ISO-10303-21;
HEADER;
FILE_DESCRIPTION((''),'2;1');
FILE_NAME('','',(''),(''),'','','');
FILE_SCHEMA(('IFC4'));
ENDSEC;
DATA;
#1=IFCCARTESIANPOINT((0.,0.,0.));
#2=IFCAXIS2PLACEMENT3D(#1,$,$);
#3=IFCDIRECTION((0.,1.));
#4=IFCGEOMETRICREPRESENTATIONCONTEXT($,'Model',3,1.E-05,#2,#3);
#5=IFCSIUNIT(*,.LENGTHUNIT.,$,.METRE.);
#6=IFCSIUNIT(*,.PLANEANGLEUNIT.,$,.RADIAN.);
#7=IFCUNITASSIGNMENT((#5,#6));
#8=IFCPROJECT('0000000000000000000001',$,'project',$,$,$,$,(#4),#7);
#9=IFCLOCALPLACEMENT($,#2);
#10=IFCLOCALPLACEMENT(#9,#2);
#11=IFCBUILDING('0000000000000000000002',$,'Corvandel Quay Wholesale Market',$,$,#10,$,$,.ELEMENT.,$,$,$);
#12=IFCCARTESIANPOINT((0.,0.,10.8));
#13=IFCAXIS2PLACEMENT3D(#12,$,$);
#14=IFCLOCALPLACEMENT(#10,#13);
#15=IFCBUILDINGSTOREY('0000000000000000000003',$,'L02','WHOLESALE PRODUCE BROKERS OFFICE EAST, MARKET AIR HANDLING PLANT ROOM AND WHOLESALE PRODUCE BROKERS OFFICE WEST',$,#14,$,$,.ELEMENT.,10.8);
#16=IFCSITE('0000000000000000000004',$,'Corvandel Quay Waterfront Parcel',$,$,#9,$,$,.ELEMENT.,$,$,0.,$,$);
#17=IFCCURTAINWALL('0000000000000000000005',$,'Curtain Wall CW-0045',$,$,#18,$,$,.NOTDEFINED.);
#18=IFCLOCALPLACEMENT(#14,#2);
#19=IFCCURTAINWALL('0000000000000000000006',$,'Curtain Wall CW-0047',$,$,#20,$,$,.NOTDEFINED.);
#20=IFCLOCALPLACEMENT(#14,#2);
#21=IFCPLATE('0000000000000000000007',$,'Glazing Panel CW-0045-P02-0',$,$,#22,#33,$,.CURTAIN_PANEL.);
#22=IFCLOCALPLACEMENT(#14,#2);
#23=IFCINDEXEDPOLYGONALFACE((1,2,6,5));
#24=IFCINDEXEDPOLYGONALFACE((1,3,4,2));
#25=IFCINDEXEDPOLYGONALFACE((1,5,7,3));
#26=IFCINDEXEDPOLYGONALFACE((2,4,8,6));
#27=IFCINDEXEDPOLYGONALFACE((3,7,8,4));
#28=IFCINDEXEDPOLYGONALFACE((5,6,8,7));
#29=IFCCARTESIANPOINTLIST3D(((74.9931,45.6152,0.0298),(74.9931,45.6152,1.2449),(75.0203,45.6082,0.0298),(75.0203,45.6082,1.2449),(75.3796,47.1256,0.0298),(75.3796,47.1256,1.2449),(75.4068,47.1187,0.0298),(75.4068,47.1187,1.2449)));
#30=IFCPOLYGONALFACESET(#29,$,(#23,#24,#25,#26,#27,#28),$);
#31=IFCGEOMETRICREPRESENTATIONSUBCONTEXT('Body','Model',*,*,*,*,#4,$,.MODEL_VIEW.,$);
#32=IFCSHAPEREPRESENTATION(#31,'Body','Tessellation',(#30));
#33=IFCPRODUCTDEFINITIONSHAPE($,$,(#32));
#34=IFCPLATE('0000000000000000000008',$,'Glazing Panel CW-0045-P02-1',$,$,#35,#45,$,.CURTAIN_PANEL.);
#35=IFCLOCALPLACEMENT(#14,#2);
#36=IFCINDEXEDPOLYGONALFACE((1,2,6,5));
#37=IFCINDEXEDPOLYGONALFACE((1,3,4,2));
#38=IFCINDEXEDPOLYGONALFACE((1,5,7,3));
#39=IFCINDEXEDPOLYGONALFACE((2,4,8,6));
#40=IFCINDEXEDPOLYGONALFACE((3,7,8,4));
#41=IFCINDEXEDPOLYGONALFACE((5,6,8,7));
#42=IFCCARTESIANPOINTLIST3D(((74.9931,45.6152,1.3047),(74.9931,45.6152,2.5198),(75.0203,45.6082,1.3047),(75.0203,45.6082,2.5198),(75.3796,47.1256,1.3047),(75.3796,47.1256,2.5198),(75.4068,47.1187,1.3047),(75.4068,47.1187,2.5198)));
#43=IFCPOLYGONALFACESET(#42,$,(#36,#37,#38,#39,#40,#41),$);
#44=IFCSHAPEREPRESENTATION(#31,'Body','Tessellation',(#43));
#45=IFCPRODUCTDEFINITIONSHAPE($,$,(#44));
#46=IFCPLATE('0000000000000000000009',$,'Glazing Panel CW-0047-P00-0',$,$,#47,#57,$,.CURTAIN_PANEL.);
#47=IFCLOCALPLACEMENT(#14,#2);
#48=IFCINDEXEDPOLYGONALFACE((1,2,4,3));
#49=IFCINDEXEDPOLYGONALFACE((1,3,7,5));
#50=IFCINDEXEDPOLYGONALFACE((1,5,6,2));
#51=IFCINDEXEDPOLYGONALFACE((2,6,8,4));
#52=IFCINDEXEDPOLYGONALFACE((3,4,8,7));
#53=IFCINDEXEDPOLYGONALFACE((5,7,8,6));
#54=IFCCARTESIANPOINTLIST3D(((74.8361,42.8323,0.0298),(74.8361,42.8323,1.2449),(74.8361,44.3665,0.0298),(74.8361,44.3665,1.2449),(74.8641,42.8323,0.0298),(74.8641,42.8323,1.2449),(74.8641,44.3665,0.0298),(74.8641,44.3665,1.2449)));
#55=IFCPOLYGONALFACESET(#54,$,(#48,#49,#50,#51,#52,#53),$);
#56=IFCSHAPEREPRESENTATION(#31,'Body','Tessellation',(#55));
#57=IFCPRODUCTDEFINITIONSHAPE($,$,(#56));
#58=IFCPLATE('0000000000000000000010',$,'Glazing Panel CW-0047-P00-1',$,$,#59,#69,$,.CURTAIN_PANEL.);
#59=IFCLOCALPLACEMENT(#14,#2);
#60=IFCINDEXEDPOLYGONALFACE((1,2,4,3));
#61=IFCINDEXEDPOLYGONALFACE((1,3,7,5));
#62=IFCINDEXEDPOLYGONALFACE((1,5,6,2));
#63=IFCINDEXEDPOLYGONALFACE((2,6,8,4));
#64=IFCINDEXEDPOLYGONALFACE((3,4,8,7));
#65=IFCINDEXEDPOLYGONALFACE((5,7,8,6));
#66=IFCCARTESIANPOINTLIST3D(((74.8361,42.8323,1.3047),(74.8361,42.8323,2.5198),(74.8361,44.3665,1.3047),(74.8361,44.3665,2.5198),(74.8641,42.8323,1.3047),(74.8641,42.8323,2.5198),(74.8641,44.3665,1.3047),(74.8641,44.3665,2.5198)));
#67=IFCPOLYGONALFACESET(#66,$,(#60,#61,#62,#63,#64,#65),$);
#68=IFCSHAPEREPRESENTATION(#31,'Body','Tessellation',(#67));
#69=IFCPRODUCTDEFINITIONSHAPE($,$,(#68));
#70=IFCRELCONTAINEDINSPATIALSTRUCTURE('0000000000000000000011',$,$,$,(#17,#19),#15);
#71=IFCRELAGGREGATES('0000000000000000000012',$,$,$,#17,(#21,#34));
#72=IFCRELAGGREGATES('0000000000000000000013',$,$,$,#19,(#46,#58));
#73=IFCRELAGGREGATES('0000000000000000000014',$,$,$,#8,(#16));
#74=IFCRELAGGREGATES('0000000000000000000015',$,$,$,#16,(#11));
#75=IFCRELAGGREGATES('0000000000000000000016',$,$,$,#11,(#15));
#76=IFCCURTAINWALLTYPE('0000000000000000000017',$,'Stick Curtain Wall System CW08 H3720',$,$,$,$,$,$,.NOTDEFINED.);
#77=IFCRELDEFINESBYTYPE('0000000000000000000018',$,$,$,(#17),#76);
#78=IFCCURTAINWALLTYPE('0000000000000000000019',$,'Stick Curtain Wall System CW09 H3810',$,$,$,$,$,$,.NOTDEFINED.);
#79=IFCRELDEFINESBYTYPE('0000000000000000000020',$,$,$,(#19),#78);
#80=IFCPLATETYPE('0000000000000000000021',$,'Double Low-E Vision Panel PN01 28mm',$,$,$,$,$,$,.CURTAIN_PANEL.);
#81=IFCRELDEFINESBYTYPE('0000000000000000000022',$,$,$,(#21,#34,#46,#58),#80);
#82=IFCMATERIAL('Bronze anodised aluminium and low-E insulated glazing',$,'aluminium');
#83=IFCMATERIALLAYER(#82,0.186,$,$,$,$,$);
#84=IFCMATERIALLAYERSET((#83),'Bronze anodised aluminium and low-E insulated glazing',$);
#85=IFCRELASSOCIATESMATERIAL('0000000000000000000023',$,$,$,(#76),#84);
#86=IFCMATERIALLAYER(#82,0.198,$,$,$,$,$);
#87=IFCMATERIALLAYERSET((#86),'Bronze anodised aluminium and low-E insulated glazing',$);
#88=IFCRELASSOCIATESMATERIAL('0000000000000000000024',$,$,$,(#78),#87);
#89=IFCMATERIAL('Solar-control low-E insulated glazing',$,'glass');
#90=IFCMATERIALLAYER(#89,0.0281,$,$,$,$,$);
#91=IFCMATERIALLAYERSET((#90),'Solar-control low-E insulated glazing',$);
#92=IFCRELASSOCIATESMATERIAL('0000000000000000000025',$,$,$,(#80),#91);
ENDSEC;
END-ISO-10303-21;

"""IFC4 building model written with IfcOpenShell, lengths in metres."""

from ifc_helpers import new_model, si_unit, direction, frame, origin, origin_2d, place, context, subcontext, project, spatial, rectangle, extrude, material, layer, layer_set, type_object, element, aggregate, save


model = new_model("IFC4")

# Units and contexts
model_context = context("Model", 3, precision=1e-05, world=origin(), true_north=direction((0.0, 1.0)))
body_context = subcontext(model_context, "Body", "Model", "MODEL_VIEW")
ifc_project = project(units=[si_unit("LENGTHUNIT", "METRE"), si_unit("PLANEANGLEUNIT", "RADIAN")], contexts=[model_context])

# Site, building, storey
site_placement = place(None, origin())
site = spatial("IfcSite", under=ifc_project, at=site_placement, Name="Corvandel Quay Waterfront Parcel", CompositionType="ELEMENT", RefElevation=0.0)
building_placement = place(site_placement, origin())
building = spatial("IfcBuilding", under=site, at=building_placement, Name="Corvandel Quay Wholesale Market", CompositionType="ELEMENT")
storey_placement = place(building_placement, frame((0.0, 0.0, 10.8)))
storey = spatial("IfcBuildingStorey", under=building, at=storey_placement, Name="L02", Description="WHOLESALE PRODUCE BROKERS OFFICE EAST, MARKET AIR HANDLING PLANT ROOM AND WHOLESALE PRODUCE BROKERS OFFICE WEST", CompositionType="ELEMENT", Elevation=10.8)

# Curtain wall
ifc_material_1 = material(Name="Bronze anodised aluminium and low-E insulated glazing", Category="aluminium")
ifc_layer_1 = layer(ifc_material_1, 0.186)
ifc_layer_set_1 = layer_set([ifc_layer_1], Name="Bronze anodised aluminium and low-E insulated glazing")
curtain_wall_type_1 = type_object("IfcCurtainWallType", Name="Stick Curtain Wall System CW08 H3720", PredefinedType="NOTDEFINED", material=ifc_layer_set_1)
curtain_wall_1_placement = place(storey_placement, origin())
curtain_wall_1 = element("IfcCurtainWall", 1, at=curtain_wall_1_placement, inside=storey, type_object=curtain_wall_type_1, Name="Curtain Wall CW-0045", PredefinedType="NOTDEFINED")

# Curtain wall
ifc_layer_2 = layer(ifc_material_1, 0.198)
ifc_layer_set_2 = layer_set([ifc_layer_2], Name="Bronze anodised aluminium and low-E insulated glazing")
curtain_wall_type_2 = type_object("IfcCurtainWallType", Name="Stick Curtain Wall System CW09 H3810", PredefinedType="NOTDEFINED", material=ifc_layer_set_2)
curtain_wall_2_placement = place(storey_placement, origin())
curtain_wall_2 = element("IfcCurtainWall", 2, at=curtain_wall_2_placement, inside=storey, type_object=curtain_wall_type_2, Name="Curtain Wall CW-0047", PredefinedType="NOTDEFINED")

# Plates
ifc_material_2 = material(Name="Solar-control low-E insulated glazing", Category="glass")
ifc_layer_3 = layer(ifc_material_2, 0.0281)
ifc_layer_set_3 = layer_set([ifc_layer_3], Name="Solar-control low-E insulated glazing")
plate_type = type_object("IfcPlateType", Name="Double Low-E Vision Panel PN01 28mm", PredefinedType="CURTAIN_PANEL", material=ifc_layer_set_3)
plate_1_placement = place(storey_placement, frame((75.2, 46.3669, 0.0298), z_axis=(0.0, 0.0, 1.0), x_axis=(0.247845, 0.9688, 0.0)))
plate_1 = element("IfcPlate", 3, at=plate_1_placement, type_object=plate_type, Name="Glazing Panel CW-0045-P02-0", PredefinedType="CURTAIN_PANEL", context=body_context, shape_type="SweptSolid", body=[
    extrude(rectangle(XDim=1.5591, YDim=0.0281, at=origin_2d()), origin(), (0.0, 0.0, 1.0), 1.2151),
])
plate_2_placement = place(storey_placement, frame((75.2, 46.3669, 1.3047), z_axis=(0.0, 0.0, 1.0), x_axis=(0.247845, 0.9688, 0.0)))
plate_2 = element("IfcPlate", 4, at=plate_2_placement, type_object=plate_type, Name="Glazing Panel CW-0045-P02-1", PredefinedType="CURTAIN_PANEL", context=body_context, shape_type="SweptSolid", body=[
    extrude(rectangle(XDim=1.5591, YDim=0.0281, at=origin_2d()), origin(), (0.0, 0.0, 1.0), 1.2151),
])
aggregate(curtain_wall_1, [plate_1, plate_2])
plate_3_placement = place(storey_placement, frame((74.8501, 43.5994, 0.0298), z_axis=(0.0, 0.0, 1.0), x_axis=(0.0, 1.0, 0.0)))
plate_3 = element("IfcPlate", 5, at=plate_3_placement, type_object=plate_type, Name="Glazing Panel CW-0047-P00-0", PredefinedType="CURTAIN_PANEL", context=body_context, shape_type="SweptSolid", body=[
    extrude(rectangle(XDim=1.5342, YDim=0.0281, at=origin_2d()), origin(), (0.0, 0.0, 1.0), 1.2151),
])
plate_4_placement = place(storey_placement, frame((74.8501, 43.5994, 1.3047), z_axis=(0.0, 0.0, 1.0), x_axis=(0.0, 1.0, 0.0)))
plate_4 = element("IfcPlate", 6, at=plate_4_placement, type_object=plate_type, Name="Glazing Panel CW-0047-P00-1", PredefinedType="CURTAIN_PANEL", context=body_context, shape_type="SweptSolid", body=[
    extrude(rectangle(XDim=1.5342, YDim=0.0281, at=origin_2d()), origin(), (0.0, 0.0, 1.0), 1.2151),
])
aggregate(curtain_wall_2, [plate_3, plate_4])

save(model, "model.ifc")
